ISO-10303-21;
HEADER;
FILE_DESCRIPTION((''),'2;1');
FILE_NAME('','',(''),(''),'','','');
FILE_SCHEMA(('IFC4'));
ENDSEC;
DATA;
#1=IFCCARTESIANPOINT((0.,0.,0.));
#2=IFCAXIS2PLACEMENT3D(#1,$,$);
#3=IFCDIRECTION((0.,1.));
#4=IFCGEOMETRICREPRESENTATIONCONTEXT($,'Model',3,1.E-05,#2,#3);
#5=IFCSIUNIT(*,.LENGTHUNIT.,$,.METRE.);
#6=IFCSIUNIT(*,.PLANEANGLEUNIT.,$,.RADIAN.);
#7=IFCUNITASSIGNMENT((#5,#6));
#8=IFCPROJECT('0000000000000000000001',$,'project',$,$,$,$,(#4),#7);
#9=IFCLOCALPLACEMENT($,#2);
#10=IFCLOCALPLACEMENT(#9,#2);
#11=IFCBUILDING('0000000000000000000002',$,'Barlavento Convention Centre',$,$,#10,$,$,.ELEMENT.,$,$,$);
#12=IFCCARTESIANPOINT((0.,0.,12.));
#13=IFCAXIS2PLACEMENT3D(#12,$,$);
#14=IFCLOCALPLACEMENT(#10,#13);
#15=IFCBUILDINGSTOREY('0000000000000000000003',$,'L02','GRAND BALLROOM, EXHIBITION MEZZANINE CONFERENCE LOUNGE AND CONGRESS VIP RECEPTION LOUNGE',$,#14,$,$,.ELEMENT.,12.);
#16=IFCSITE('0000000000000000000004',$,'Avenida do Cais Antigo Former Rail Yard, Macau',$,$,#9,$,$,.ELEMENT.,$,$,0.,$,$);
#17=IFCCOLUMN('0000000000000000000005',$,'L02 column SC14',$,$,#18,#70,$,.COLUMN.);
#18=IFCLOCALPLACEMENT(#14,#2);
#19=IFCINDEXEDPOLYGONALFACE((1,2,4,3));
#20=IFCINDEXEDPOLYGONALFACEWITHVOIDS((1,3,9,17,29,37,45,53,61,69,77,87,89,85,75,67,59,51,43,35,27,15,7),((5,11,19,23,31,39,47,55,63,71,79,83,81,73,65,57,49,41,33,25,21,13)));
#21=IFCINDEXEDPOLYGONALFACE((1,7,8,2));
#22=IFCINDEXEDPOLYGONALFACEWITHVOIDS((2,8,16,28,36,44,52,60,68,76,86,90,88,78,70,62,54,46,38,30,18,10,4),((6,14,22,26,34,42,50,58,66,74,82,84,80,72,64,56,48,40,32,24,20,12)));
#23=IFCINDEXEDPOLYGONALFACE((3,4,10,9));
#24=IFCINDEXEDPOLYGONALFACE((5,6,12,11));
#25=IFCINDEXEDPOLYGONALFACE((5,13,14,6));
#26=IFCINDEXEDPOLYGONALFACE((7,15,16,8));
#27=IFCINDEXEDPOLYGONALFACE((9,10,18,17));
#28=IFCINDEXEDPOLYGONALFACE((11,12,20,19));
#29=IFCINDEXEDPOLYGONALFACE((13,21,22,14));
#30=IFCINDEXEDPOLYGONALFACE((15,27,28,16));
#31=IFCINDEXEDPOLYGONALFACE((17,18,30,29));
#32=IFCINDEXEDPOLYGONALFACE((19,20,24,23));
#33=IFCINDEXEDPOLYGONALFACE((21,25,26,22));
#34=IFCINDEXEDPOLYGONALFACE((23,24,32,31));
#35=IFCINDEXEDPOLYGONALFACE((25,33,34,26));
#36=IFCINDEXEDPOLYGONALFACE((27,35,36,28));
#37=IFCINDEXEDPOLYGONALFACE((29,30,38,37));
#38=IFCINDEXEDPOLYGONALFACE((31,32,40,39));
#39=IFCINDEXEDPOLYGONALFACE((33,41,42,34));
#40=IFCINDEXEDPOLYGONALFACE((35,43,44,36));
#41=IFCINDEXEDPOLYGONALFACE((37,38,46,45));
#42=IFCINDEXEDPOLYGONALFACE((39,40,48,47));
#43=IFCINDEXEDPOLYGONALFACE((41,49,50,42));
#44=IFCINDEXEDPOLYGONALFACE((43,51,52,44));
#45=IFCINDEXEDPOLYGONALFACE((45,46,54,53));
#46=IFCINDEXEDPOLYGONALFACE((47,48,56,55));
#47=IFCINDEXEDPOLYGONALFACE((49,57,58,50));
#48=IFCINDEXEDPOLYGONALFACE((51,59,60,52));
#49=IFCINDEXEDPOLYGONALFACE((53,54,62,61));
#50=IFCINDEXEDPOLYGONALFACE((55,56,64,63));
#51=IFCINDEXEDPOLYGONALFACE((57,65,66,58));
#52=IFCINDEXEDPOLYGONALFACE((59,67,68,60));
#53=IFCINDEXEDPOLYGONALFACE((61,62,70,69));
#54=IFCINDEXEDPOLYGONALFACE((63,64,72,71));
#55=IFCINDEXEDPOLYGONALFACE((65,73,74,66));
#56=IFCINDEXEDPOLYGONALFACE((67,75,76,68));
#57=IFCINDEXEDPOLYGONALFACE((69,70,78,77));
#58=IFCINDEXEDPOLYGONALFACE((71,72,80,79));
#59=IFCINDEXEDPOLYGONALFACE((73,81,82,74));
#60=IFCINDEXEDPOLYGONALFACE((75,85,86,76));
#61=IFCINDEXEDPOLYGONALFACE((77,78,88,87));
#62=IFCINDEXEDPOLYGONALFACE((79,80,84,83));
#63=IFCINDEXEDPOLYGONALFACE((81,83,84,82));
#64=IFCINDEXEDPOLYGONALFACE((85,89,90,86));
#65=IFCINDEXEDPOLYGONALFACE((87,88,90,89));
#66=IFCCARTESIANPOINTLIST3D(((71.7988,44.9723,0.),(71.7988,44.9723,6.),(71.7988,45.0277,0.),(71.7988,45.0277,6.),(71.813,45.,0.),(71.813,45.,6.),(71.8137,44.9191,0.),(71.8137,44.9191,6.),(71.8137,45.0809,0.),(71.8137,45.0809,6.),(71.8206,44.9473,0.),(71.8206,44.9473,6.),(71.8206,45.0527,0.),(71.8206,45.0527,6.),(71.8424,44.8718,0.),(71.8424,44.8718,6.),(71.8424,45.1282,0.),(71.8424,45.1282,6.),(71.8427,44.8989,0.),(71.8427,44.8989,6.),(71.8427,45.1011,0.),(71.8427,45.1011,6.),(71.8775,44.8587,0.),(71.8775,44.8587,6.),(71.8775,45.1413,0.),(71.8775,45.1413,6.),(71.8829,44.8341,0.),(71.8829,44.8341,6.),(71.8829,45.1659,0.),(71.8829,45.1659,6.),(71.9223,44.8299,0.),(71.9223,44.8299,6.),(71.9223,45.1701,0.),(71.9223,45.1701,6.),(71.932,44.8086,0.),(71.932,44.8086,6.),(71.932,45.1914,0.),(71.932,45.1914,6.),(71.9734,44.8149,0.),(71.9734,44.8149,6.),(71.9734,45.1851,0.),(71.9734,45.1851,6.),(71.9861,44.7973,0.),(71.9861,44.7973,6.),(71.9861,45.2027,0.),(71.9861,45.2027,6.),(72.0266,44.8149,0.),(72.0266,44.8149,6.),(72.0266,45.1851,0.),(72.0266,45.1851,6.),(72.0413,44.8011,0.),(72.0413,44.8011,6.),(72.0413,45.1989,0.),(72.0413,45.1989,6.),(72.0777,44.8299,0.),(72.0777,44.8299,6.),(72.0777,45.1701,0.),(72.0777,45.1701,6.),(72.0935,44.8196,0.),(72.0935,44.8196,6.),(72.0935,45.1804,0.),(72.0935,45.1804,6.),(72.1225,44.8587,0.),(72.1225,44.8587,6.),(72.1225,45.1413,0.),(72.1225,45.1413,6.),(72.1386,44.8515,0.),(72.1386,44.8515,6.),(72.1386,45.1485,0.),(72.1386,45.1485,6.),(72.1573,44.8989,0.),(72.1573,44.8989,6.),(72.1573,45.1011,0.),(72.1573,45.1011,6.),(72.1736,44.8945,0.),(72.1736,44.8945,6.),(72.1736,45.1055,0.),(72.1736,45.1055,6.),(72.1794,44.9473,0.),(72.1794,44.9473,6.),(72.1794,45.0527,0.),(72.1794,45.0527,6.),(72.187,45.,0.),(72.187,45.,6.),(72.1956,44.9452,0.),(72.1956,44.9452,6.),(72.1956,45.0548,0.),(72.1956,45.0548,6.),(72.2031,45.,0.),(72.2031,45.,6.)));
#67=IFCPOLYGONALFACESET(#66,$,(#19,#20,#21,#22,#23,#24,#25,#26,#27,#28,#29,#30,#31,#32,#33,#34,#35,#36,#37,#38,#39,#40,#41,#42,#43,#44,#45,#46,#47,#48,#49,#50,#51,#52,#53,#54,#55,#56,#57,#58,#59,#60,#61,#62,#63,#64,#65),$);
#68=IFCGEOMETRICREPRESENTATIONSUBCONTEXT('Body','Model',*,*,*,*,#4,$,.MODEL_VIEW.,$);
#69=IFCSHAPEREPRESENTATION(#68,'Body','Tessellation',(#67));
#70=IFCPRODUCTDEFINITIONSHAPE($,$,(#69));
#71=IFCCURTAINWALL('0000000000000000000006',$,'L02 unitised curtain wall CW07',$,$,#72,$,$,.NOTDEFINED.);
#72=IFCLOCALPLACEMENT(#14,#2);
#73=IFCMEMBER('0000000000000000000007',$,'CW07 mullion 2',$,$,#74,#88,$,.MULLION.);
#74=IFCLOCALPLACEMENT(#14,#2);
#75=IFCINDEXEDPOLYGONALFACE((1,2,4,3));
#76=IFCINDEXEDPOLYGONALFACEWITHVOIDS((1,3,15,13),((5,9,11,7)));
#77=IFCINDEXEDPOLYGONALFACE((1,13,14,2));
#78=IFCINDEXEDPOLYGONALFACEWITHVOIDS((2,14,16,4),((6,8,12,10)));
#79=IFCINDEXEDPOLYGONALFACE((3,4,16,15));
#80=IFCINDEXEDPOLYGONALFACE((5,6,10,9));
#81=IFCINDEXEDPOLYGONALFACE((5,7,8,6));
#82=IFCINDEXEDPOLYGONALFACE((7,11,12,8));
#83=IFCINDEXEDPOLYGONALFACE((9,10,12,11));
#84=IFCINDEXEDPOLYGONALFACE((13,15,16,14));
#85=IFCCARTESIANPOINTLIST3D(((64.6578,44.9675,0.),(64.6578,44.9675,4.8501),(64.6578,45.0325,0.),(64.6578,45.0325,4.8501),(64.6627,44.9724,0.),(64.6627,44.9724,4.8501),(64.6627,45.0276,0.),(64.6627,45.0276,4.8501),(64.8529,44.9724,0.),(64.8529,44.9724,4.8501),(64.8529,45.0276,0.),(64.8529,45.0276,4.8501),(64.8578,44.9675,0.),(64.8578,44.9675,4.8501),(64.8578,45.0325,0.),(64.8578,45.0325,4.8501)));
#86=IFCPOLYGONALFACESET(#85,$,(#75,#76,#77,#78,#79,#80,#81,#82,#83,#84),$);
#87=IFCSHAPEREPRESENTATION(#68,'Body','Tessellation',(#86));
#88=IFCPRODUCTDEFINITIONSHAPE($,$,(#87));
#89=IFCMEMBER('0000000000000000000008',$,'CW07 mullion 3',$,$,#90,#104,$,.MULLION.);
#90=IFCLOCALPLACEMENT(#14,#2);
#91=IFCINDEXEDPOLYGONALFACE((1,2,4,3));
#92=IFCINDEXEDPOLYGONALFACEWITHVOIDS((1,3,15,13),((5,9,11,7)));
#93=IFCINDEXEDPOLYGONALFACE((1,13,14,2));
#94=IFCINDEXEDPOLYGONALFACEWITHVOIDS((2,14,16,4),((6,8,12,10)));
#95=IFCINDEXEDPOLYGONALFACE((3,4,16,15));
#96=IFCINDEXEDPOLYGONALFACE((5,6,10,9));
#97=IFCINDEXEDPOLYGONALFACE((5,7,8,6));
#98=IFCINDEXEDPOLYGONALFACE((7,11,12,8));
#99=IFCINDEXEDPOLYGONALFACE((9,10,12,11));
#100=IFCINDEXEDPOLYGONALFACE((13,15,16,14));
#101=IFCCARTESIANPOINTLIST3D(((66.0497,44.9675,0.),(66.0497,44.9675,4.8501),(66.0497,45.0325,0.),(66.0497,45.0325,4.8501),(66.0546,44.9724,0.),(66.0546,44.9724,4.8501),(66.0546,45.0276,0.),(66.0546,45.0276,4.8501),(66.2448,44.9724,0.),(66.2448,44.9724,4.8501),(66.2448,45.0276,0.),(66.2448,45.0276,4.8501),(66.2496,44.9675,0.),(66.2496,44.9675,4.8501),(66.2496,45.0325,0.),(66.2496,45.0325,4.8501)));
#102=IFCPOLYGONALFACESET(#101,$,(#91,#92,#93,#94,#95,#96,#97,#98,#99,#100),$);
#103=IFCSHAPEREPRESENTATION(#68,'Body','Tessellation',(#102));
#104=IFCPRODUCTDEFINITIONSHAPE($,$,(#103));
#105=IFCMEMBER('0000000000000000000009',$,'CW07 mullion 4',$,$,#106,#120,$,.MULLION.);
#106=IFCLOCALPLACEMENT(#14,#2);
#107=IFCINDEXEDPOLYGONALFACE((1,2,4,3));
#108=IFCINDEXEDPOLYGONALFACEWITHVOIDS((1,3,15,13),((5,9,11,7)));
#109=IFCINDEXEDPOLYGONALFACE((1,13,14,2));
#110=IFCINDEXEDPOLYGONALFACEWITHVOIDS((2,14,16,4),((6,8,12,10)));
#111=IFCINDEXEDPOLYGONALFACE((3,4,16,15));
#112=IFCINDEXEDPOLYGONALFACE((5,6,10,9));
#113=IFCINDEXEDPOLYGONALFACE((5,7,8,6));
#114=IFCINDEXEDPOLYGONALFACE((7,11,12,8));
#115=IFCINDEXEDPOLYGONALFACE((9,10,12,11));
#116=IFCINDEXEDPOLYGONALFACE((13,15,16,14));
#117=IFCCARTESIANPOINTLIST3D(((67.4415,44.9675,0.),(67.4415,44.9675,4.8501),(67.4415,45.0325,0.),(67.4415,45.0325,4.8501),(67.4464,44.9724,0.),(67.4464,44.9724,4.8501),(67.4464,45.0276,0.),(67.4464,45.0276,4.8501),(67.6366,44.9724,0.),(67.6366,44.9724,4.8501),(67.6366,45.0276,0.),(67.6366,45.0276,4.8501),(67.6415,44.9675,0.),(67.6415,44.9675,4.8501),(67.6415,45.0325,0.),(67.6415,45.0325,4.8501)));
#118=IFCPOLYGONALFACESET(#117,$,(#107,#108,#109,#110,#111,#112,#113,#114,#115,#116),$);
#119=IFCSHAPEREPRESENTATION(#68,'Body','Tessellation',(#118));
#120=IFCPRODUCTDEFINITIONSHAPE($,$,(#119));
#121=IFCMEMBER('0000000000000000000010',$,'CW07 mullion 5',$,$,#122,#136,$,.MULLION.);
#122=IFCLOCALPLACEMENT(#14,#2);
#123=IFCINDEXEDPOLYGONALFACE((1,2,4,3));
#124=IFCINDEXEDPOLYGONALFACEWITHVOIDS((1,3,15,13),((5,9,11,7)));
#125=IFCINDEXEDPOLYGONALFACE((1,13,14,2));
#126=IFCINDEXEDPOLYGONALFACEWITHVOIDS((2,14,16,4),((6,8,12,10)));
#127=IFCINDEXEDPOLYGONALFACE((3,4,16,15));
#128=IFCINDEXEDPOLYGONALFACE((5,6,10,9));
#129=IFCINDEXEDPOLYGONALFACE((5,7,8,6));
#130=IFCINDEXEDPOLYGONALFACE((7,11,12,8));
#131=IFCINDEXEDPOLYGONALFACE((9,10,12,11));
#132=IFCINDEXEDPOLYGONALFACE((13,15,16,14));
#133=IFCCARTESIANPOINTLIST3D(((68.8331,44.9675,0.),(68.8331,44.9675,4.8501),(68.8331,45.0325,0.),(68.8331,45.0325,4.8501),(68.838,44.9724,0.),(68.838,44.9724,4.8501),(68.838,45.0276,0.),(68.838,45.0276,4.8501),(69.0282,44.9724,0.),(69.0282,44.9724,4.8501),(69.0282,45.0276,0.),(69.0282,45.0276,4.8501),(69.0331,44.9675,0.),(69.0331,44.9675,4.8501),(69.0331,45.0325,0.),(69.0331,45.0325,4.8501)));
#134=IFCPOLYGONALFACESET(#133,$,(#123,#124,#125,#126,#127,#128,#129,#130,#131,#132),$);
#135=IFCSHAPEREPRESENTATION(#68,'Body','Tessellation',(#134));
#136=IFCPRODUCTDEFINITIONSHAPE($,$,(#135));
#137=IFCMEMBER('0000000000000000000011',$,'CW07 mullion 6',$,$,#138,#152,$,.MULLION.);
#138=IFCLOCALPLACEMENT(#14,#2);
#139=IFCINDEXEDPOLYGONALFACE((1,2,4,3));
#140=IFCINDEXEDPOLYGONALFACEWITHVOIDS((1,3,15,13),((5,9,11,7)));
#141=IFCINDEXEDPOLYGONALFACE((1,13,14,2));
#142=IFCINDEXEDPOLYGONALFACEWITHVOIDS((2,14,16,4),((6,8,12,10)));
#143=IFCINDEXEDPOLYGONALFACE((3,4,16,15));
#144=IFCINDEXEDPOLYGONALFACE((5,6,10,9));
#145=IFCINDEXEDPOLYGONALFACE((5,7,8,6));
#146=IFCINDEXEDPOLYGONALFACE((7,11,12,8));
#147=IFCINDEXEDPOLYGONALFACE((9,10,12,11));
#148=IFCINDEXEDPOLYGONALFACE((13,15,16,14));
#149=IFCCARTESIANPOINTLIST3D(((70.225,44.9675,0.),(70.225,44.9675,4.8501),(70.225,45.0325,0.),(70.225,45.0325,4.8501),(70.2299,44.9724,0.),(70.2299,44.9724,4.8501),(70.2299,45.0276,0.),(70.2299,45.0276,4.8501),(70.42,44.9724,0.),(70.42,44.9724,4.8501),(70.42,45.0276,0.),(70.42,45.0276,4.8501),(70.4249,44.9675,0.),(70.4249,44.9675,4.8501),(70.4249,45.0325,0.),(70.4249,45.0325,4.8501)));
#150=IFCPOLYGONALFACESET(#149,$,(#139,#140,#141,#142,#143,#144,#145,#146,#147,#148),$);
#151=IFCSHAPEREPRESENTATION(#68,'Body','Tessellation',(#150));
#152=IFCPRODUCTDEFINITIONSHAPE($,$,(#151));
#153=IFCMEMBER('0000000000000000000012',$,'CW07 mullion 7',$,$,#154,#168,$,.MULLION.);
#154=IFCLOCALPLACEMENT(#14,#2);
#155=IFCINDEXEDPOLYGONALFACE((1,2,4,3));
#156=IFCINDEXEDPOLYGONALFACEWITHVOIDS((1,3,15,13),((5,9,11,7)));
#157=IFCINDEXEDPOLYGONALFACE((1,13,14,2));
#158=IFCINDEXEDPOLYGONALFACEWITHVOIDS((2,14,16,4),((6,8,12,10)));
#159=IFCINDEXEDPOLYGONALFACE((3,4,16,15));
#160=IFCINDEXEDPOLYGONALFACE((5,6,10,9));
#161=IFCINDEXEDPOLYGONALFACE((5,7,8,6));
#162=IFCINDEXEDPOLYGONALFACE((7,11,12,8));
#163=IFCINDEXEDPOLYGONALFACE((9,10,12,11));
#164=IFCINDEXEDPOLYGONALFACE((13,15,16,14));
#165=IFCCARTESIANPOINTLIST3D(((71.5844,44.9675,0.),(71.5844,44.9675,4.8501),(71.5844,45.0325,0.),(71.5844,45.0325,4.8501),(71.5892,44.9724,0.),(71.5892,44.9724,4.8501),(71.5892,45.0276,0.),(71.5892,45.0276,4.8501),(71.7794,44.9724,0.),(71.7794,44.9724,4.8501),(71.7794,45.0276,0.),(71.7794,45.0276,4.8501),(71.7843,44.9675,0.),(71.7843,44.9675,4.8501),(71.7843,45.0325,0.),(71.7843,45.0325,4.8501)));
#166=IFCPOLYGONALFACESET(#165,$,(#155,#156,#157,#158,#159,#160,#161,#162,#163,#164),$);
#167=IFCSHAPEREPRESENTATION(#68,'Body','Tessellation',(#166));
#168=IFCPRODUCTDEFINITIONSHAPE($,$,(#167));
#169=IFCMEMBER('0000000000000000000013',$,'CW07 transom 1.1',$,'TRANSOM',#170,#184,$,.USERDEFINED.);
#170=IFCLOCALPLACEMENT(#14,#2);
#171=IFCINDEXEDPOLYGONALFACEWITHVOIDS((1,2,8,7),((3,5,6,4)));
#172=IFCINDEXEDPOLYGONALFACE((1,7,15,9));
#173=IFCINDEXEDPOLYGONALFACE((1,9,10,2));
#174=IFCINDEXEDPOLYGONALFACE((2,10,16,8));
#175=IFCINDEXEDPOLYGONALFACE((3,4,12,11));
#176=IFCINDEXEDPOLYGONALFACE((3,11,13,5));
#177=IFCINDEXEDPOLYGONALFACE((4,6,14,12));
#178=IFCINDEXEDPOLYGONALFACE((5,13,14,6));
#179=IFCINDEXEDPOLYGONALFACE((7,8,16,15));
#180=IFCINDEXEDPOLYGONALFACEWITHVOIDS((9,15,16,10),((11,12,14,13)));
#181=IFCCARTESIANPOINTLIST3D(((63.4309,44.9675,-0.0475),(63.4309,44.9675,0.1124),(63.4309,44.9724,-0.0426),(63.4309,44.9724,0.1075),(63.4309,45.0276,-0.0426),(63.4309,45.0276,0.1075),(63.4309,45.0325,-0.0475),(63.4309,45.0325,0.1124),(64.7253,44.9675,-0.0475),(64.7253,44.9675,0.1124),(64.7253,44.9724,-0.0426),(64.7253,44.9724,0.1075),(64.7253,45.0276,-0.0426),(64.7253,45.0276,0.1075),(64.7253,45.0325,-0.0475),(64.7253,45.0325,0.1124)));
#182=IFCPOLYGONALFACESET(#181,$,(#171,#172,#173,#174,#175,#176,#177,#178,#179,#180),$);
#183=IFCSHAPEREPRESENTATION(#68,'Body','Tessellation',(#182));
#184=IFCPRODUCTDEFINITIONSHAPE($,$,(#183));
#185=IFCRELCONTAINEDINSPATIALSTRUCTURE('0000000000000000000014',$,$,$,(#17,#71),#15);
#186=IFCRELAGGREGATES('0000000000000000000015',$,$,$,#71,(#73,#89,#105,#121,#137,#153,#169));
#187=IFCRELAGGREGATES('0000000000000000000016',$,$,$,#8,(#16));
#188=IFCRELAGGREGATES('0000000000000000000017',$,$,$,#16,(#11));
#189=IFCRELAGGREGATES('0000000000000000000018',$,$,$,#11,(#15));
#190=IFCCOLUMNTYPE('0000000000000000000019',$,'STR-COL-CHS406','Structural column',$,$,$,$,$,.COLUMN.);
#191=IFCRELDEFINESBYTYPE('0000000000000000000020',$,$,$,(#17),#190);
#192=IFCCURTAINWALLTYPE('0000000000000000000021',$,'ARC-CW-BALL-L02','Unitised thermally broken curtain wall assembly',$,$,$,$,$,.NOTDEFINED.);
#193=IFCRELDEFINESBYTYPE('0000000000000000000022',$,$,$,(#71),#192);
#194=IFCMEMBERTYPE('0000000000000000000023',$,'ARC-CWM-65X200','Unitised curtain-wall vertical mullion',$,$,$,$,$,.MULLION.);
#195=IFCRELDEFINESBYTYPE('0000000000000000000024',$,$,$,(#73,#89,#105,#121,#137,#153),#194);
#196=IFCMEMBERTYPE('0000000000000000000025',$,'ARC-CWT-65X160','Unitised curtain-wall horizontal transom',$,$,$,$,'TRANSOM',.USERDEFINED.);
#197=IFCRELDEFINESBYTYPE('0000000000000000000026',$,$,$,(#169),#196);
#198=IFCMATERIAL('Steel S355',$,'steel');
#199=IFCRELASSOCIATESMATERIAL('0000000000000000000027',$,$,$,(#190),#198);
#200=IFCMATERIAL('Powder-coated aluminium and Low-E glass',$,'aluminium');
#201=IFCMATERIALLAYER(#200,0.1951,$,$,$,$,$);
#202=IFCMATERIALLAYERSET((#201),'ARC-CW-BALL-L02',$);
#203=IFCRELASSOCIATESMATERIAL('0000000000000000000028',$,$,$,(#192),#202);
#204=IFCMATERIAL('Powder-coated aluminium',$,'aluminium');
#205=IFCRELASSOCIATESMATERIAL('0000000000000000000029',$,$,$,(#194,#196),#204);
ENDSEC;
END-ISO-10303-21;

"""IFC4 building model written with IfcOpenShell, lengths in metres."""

from ifc_helpers import new_model, si_unit, direction, frame, origin, origin_2d, place, context, subcontext, project, spatial, hollow_rectangle, hollow_circle, extrude, material, layer, layer_set, material_profile, profile_set, type_object, element, aggregate, save


model = new_model("IFC4")

# Units and contexts
model_context = context("Model", 3, precision=1e-05, world=origin(), true_north=direction((0.0, 1.0)))
body_context = subcontext(model_context, "Body", "Model", "MODEL_VIEW")
ifc_project = project(units=[si_unit("LENGTHUNIT", "METRE"), si_unit("PLANEANGLEUNIT", "RADIAN")], contexts=[model_context])

# Site, building, storey
site_placement = place(None, origin())
site = spatial("IfcSite", under=ifc_project, at=site_placement, Name="Avenida do Cais Antigo Former Rail Yard, Macau", CompositionType="ELEMENT", RefElevation=0.0)
building_placement = place(site_placement, origin())
building = spatial("IfcBuilding", under=site, at=building_placement, Name="Barlavento Convention Centre", CompositionType="ELEMENT")
storey_placement = place(building_placement, frame((0.0, 0.0, 12.0)))
storey = spatial("IfcBuildingStorey", under=building, at=storey_placement, Name="L02", Description="GRAND BALLROOM, EXHIBITION MEZZANINE CONFERENCE LOUNGE AND CONGRESS VIP RECEPTION LOUNGE", CompositionType="ELEMENT", Elevation=12.0)

# Column
ifc_material_1 = material(Name="Steel S355", Category="steel")
ifc_material_profile_1 = material_profile(ifc_material_1, hollow_circle(Radius=0.2031, WallThickness=0.0161, at=origin_2d()), Name="CHS 406.4x16.0")
ifc_profile_set_1 = profile_set([ifc_material_profile_1], Name="Steel S355")
column_type = type_object("IfcColumnType", Name="STR-COL-CHS406", Description="Structural column", PredefinedType="COLUMN", material=ifc_profile_set_1)
column_placement = place(storey_placement, frame((72.0, 45.0, 0.0), z_axis=(0.0, 0.0, 1.0), x_axis=(1.0, 0.0, 0.0)))
element("IfcColumn", 1, at=column_placement, inside=storey, type_object=column_type, Name="L02 column SC14", PredefinedType="COLUMN", context=body_context, shape_type="SweptSolid", body=[
    extrude(hollow_circle(Radius=0.2031, WallThickness=0.0161, at=origin_2d()), origin(), (0.0, 0.0, 1.0), 6.0),
])

# Curtain wall, members
ifc_material_2 = material(Name="Powder-coated aluminium and Low-E glass", Category="aluminium")
ifc_layer_1 = layer(ifc_material_2, 0.1951)
ifc_layer_set_1 = layer_set([ifc_layer_1], Name="ARC-CW-BALL-L02")
curtain_wall_type = type_object("IfcCurtainWallType", Name="ARC-CW-BALL-L02", Description="Unitised thermally broken curtain wall assembly", PredefinedType="NOTDEFINED", material=ifc_layer_set_1)
curtain_wall_placement = place(storey_placement, origin())
curtain_wall = element("IfcCurtainWall", 2, at=curtain_wall_placement, inside=storey, type_object=curtain_wall_type, Name="L02 unitised curtain wall CW07", PredefinedType="NOTDEFINED")
ifc_material_3 = material(Name="Powder-coated aluminium", Category="aluminium")
ifc_material_profile_2 = material_profile(ifc_material_3, hollow_rectangle(XDim=0.0649, YDim=0.2, WallThickness=0.0049, at=origin_2d()), Name="AL-MULL 65x200x5")
ifc_profile_set_2 = profile_set([ifc_material_profile_2], Name="Powder-coated aluminium")
member_type_1 = type_object("IfcMemberType", Name="ARC-CWM-65X200", Description="Unitised curtain-wall vertical mullion", PredefinedType="MULLION", material=ifc_profile_set_2)
member_1_placement = place(storey_placement, frame((64.7578, 45.0, 0.0), z_axis=(0.0, 0.0, 1.0), x_axis=(0.0, 1.0, 0.0)))
member_1 = element("IfcMember", 3, at=member_1_placement, type_object=member_type_1, Name="CW07 mullion 2", PredefinedType="MULLION", context=body_context, shape_type="SweptSolid", body=[
    extrude(hollow_rectangle(XDim=0.0649, YDim=0.2, WallThickness=0.0049, at=origin_2d()), origin(), (0.0, 0.0, 1.0), 4.8501),
])
member_2_placement = place(storey_placement, frame((66.1497, 45.0, 0.0), z_axis=(0.0, 0.0, 1.0), x_axis=(0.0, 1.0, 0.0)))
member_2 = element("IfcMember", 4, at=member_2_placement, type_object=member_type_1, Name="CW07 mullion 3", PredefinedType="MULLION", context=body_context, shape_type="SweptSolid", body=[
    extrude(hollow_rectangle(XDim=0.0649, YDim=0.2, WallThickness=0.0049, at=origin_2d()), origin(), (0.0, 0.0, 1.0), 4.8501),
])
member_3_placement = place(storey_placement, frame((67.5415, 45.0, 0.0), z_axis=(0.0, 0.0, 1.0), x_axis=(0.0, 1.0, 0.0)))
member_3 = element("IfcMember", 5, at=member_3_placement, type_object=member_type_1, Name="CW07 mullion 4", PredefinedType="MULLION", context=body_context, shape_type="SweptSolid", body=[
    extrude(hollow_rectangle(XDim=0.0649, YDim=0.2, WallThickness=0.0049, at=origin_2d()), origin(), (0.0, 0.0, 1.0), 4.8501),
])
member_4_placement = place(storey_placement, frame((68.9331, 45.0, 0.0), z_axis=(0.0, 0.0, 1.0), x_axis=(0.0, 1.0, 0.0)))
member_4 = element("IfcMember", 6, at=member_4_placement, type_object=member_type_1, Name="CW07 mullion 5", PredefinedType="MULLION", context=body_context, shape_type="SweptSolid", body=[
    extrude(hollow_rectangle(XDim=0.0649, YDim=0.2, WallThickness=0.0049, at=origin_2d()), origin(), (0.0, 0.0, 1.0), 4.8501),
])
member_5_placement = place(storey_placement, frame((70.325, 45.0, 0.0), z_axis=(0.0, 0.0, 1.0), x_axis=(0.0, 1.0, 0.0)))
member_5 = element("IfcMember", 7, at=member_5_placement, type_object=member_type_1, Name="CW07 mullion 6", PredefinedType="MULLION", context=body_context, shape_type="SweptSolid", body=[
    extrude(hollow_rectangle(XDim=0.0649, YDim=0.2, WallThickness=0.0049, at=origin_2d()), origin(), (0.0, 0.0, 1.0), 4.8501),
])
member_6_placement = place(storey_placement, frame((71.6843, 45.0, 0.0), z_axis=(0.0, 0.0, 1.0), x_axis=(0.0, 1.0, 0.0)))
member_6 = element("IfcMember", 8, at=member_6_placement, type_object=member_type_1, Name="CW07 mullion 7", PredefinedType="MULLION", context=body_context, shape_type="SweptSolid", body=[
    extrude(hollow_rectangle(XDim=0.0649, YDim=0.2, WallThickness=0.0049, at=origin_2d()), origin(), (0.0, 0.0, 1.0), 4.8501),
])
ifc_material_profile_3 = material_profile(ifc_material_3, hollow_rectangle(XDim=0.0649, YDim=0.1599, WallThickness=0.0049, at=origin_2d()), Name="AL-TRAN 65x160x5")
ifc_profile_set_3 = profile_set([ifc_material_profile_3], Name="Powder-coated aluminium")
member_type_2 = type_object("IfcMemberType", Name="ARC-CWT-65X160", Description="Unitised curtain-wall horizontal transom", ElementType="TRANSOM", PredefinedType="USERDEFINED", material=ifc_profile_set_3)
member_7_placement = place(storey_placement, frame((63.4309, 45.0, 0.0325), z_axis=(1.0, 0.0, 0.0), x_axis=(0.0, 1.0, 0.0)))
member_7 = element("IfcMember", 9, at=member_7_placement, type_object=member_type_2, Name="CW07 transom 1.1", ObjectType="TRANSOM", PredefinedType="USERDEFINED", context=body_context, shape_type="SweptSolid", body=[
    extrude(hollow_rectangle(XDim=0.0649, YDim=0.1599, WallThickness=0.0049, at=origin_2d()), origin(), (0.0, 0.0, 1.0), 1.2944),
])
aggregate(curtain_wall, [member_1, member_2, member_3, member_4, member_5, member_6, member_7])

save(model, "model.ifc")
